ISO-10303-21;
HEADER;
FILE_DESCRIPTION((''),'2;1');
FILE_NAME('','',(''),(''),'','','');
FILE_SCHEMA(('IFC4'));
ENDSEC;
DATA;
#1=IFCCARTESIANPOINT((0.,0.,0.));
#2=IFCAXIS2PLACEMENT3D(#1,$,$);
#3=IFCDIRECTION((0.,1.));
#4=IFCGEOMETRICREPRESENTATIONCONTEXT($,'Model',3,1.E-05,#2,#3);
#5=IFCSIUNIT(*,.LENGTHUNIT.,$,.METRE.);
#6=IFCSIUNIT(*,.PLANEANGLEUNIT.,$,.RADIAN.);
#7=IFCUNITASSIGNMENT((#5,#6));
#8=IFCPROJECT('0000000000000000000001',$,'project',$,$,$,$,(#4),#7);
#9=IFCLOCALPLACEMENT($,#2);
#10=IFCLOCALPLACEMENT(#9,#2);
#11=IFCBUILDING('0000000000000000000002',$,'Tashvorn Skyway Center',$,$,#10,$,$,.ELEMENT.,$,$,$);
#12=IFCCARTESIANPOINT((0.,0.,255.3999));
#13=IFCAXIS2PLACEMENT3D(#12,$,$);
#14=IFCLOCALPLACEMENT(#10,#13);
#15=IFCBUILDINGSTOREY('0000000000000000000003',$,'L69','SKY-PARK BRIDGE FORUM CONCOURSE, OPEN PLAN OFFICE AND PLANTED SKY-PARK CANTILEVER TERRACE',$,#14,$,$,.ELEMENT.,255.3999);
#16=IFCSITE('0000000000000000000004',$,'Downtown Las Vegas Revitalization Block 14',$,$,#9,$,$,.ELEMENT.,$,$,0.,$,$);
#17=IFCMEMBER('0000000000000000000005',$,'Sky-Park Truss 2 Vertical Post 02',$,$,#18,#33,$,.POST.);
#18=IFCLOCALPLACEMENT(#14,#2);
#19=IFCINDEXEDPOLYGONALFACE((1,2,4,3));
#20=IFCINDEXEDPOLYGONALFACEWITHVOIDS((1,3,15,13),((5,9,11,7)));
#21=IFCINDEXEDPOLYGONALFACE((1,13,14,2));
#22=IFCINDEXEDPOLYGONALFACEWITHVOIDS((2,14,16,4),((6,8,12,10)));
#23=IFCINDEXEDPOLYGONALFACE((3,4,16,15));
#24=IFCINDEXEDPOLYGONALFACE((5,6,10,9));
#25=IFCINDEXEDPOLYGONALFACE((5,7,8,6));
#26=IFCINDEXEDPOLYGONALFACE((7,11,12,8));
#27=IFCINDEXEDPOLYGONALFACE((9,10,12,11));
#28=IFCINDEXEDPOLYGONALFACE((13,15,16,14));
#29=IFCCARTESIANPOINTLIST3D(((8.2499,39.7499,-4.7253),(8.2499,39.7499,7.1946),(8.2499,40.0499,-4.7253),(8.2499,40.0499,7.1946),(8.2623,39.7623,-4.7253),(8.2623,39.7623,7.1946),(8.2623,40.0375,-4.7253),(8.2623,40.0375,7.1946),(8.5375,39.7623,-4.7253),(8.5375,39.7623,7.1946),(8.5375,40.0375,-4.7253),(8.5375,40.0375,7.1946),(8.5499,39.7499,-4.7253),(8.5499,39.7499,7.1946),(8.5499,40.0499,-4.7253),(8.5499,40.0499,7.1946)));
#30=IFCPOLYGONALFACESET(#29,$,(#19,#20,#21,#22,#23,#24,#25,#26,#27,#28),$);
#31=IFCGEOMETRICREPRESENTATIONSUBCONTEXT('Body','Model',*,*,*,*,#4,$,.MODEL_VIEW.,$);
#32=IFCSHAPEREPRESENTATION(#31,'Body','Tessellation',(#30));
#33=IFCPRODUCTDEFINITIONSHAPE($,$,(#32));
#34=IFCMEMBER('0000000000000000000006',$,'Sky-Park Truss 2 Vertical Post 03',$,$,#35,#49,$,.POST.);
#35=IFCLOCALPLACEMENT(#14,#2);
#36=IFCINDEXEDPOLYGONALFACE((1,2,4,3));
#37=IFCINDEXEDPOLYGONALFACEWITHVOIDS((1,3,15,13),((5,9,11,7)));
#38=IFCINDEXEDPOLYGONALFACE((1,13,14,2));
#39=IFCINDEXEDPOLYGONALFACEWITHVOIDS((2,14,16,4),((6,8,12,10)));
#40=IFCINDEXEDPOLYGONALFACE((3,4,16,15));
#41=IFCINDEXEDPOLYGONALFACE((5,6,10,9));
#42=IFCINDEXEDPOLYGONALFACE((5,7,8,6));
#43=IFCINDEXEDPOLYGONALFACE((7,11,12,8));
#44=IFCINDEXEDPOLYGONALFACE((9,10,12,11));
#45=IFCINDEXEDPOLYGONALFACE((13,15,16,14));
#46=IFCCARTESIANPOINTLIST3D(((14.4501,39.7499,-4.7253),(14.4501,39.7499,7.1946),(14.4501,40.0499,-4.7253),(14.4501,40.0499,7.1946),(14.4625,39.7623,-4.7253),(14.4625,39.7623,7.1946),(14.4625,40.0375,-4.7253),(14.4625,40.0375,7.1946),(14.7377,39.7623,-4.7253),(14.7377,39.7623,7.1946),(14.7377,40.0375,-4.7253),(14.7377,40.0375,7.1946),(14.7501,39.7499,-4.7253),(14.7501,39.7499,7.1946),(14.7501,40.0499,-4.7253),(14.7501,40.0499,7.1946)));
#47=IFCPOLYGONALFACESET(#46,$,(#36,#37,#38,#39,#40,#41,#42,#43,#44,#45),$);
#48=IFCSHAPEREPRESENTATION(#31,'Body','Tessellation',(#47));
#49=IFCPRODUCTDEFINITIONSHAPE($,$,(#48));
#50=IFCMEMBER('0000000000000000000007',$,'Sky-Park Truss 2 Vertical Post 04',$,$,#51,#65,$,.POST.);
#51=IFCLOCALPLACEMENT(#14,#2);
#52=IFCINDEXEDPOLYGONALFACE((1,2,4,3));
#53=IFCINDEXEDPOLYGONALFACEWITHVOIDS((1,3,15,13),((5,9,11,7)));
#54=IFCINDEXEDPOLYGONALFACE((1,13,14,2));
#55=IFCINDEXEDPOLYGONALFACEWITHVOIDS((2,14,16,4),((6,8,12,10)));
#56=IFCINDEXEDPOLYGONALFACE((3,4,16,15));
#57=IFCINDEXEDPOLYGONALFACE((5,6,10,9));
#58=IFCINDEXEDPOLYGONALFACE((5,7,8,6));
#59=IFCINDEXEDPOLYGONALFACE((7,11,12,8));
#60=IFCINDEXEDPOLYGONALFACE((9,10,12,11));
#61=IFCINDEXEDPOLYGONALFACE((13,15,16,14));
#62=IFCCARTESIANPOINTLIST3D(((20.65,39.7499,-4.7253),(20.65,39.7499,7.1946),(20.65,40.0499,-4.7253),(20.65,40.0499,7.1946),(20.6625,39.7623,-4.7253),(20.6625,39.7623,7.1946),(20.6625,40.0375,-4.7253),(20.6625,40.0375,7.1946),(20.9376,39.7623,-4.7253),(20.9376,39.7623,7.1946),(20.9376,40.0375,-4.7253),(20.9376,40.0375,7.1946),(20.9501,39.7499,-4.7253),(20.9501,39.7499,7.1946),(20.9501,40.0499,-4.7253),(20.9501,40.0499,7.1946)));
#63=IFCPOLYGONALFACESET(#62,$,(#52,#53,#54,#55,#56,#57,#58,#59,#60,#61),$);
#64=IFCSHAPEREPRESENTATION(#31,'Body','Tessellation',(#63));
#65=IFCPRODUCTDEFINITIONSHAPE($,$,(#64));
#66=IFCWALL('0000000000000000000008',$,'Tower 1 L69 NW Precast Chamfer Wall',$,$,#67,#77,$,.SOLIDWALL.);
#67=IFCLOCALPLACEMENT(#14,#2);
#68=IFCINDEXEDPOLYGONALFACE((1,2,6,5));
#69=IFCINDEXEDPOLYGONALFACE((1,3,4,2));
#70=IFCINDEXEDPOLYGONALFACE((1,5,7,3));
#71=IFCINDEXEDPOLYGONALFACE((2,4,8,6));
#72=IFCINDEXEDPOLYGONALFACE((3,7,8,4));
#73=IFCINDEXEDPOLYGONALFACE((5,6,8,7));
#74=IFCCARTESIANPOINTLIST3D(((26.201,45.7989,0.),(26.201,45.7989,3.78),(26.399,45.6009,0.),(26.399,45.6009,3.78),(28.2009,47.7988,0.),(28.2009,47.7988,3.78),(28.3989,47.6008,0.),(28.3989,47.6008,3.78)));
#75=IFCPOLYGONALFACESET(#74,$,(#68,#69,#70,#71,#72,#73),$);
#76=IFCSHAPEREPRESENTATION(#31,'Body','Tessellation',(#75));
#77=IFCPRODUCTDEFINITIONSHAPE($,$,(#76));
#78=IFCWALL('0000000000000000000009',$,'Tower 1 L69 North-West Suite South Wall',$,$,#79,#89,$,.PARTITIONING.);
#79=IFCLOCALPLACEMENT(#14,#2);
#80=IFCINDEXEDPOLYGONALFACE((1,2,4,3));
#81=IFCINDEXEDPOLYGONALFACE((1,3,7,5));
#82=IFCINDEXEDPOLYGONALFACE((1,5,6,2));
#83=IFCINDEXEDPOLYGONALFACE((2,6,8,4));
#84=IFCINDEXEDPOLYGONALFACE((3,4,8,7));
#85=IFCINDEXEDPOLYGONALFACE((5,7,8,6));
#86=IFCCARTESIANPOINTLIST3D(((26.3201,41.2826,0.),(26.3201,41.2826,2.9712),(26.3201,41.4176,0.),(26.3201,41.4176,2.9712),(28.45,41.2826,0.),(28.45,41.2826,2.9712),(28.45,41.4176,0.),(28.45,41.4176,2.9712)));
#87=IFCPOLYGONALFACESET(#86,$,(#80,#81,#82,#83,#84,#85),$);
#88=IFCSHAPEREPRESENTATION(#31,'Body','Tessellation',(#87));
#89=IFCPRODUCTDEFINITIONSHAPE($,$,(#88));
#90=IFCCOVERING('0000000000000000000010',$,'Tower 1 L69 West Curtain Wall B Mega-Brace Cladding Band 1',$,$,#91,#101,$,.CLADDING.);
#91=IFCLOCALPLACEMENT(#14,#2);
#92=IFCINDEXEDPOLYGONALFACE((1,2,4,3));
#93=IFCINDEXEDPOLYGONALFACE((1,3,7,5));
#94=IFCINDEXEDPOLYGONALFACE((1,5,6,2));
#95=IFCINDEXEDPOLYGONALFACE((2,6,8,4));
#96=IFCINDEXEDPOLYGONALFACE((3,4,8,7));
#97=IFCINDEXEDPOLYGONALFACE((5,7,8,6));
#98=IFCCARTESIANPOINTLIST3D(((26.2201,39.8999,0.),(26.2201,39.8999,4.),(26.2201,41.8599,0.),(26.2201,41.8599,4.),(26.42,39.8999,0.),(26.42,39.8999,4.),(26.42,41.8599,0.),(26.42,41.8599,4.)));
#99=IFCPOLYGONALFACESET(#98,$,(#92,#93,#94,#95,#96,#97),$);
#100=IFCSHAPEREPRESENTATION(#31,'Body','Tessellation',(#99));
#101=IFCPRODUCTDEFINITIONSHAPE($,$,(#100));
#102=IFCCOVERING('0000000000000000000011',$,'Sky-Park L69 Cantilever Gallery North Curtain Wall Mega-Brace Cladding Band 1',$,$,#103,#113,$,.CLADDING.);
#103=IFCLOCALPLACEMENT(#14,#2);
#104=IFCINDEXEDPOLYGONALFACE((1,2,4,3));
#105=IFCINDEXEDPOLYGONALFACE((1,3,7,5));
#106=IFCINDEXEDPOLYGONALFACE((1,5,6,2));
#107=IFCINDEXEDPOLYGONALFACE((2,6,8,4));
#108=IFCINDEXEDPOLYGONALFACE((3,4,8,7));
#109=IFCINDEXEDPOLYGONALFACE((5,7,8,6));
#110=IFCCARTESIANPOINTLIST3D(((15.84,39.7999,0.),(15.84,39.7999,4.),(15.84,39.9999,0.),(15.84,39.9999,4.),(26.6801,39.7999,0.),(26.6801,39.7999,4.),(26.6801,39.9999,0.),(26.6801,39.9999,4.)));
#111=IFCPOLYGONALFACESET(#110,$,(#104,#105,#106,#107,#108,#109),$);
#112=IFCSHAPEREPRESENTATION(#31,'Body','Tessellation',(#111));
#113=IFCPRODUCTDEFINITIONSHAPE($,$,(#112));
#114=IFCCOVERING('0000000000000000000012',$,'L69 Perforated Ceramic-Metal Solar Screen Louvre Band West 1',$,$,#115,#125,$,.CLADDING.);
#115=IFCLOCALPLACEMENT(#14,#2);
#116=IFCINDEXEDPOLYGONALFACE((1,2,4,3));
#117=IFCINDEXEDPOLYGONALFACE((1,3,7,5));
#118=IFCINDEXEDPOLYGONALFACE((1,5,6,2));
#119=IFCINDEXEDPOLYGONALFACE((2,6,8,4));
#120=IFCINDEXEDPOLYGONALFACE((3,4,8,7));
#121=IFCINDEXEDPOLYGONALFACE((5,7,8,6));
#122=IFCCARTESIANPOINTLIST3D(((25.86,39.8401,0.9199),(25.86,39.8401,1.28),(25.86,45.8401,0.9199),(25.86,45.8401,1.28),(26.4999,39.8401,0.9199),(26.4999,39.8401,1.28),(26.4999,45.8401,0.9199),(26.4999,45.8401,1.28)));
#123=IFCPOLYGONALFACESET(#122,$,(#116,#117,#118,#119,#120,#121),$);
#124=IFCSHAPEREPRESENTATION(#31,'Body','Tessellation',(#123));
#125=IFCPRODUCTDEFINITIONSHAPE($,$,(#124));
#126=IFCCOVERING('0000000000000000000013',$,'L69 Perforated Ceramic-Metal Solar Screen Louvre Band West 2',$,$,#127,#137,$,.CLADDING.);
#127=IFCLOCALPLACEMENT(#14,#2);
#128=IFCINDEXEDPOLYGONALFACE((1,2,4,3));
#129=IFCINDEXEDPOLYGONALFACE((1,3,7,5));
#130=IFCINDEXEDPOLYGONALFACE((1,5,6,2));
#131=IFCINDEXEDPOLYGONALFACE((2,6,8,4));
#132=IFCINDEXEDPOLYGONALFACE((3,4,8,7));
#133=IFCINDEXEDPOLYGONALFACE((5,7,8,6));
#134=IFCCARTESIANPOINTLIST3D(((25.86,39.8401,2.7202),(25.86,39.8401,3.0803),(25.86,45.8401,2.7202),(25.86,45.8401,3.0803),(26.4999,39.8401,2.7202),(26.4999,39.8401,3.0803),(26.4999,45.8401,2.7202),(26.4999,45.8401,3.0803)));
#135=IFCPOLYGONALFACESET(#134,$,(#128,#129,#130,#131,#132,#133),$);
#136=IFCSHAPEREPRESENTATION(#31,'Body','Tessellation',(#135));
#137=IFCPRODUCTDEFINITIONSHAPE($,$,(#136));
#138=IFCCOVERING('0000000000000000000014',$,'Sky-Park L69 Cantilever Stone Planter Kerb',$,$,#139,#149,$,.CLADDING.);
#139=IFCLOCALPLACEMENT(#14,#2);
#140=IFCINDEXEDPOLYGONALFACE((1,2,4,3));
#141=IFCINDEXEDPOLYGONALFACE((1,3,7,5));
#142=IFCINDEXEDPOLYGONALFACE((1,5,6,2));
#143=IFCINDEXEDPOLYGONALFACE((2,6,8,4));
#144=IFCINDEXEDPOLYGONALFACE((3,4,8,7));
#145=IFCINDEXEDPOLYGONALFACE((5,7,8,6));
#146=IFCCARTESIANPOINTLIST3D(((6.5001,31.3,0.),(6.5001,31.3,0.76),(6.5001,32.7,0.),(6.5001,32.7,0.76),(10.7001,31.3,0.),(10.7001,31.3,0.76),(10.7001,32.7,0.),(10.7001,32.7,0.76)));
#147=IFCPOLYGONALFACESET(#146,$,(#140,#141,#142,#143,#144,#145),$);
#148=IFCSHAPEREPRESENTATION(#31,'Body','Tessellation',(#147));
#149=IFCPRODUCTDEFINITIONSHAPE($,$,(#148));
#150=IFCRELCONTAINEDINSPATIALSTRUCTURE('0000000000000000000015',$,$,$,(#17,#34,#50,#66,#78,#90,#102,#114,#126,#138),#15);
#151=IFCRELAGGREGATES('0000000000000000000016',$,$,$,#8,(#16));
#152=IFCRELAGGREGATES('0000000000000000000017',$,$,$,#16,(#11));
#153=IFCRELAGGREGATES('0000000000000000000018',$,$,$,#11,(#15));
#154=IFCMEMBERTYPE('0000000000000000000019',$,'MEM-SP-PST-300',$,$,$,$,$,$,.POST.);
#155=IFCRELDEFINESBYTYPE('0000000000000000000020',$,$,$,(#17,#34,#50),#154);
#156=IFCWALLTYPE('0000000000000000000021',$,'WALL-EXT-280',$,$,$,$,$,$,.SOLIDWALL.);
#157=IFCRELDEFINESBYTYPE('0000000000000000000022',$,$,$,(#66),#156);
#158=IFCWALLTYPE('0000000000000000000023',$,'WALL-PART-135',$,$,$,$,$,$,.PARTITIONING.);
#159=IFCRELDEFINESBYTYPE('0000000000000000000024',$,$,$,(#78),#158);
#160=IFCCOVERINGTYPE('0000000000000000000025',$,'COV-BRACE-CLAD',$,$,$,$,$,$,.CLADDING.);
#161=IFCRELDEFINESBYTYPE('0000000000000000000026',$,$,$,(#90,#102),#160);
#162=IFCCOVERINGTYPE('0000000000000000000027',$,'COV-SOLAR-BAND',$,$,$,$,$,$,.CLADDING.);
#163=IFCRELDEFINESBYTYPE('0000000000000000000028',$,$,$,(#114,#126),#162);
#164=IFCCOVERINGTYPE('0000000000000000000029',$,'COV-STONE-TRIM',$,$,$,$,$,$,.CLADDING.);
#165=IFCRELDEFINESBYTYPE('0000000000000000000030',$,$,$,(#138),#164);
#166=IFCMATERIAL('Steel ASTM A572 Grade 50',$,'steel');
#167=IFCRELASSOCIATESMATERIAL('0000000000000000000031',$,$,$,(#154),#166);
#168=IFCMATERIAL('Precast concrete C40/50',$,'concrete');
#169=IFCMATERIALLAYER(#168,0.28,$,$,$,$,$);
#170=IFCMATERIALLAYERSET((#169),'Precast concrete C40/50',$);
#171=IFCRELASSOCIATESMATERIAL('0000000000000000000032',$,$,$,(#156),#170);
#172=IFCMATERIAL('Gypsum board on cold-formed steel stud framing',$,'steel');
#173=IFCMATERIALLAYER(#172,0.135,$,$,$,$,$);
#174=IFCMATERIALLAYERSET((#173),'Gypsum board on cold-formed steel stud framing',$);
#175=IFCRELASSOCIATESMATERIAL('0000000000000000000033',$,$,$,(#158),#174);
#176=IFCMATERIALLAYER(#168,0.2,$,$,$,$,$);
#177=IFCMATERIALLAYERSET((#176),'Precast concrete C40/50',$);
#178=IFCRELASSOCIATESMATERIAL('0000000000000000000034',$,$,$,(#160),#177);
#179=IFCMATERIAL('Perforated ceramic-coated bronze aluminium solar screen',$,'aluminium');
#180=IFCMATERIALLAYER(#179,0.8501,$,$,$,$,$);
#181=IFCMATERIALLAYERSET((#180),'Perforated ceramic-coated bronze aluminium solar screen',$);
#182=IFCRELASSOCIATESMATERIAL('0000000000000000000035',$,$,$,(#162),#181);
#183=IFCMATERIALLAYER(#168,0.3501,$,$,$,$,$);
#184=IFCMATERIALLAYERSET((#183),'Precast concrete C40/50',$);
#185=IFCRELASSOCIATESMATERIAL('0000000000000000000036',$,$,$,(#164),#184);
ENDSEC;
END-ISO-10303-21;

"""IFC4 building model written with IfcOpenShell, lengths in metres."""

from ifc_helpers import new_model, si_unit, direction, frame, frame_2d, origin, origin_2d, place, context, subcontext, project, spatial, rectangle, hollow_rectangle, extrude, material, layer, layer_set, material_profile, profile_set, type_object, element, save


model = new_model("IFC4")

# Units and contexts
model_context = context("Model", 3, precision=1e-05, world=origin(), true_north=direction((0.0, 1.0)))
body_context = subcontext(model_context, "Body", "Model", "MODEL_VIEW")
ifc_project = project(units=[si_unit("LENGTHUNIT", "METRE"), si_unit("PLANEANGLEUNIT", "RADIAN")], contexts=[model_context])

# Site, building, storey
site_placement = place(None, origin())
site = spatial("IfcSite", under=ifc_project, at=site_placement, Name="Downtown Las Vegas Revitalization Block 14", CompositionType="ELEMENT", RefElevation=0.0)
building_placement = place(site_placement, origin())
building = spatial("IfcBuilding", under=site, at=building_placement, Name="Tashvorn Skyway Center", CompositionType="ELEMENT")
storey_placement = place(building_placement, frame((0.0, 0.0, 255.3999)))
storey = spatial("IfcBuildingStorey", under=building, at=storey_placement, Name="L69", Description="SKY-PARK BRIDGE FORUM CONCOURSE, OPEN PLAN OFFICE AND PLANTED SKY-PARK CANTILEVER TERRACE", CompositionType="ELEMENT", Elevation=255.3999)

# Members
ifc_material_1 = material(Name="Steel ASTM A572 Grade 50", Category="steel")
ifc_material_profile_1 = material_profile(ifc_material_1, hollow_rectangle(XDim=0.3, YDim=0.3, WallThickness=0.0125, at=origin_2d()), Name="HSS300x300x12.5")
ifc_profile_set_1 = profile_set([ifc_material_profile_1], Name="Steel ASTM A572 Grade 50")
member_type_1 = type_object("IfcMemberType", Name="MEM-SP-PST-300", PredefinedType="POST", material=ifc_profile_set_1)
for number, where, z_axis, x_axis, name in (
    (1, (8.3999, 39.8999, -4.7253), (0.0, 0.0, 1.0), (1.0, 0.0, 0.0), "Sky-Park Truss 2 Vertical Post 02"),
    (2, (14.6001, 39.8999, -4.7253), (0.0, 0.0, 1.0), (1.0, 0.0, 0.0), "Sky-Park Truss 2 Vertical Post 03"),
    (3, (20.8, 39.8999, -4.7253), (0.0, 0.0, 1.0), (1.0, 0.0, 0.0), "Sky-Park Truss 2 Vertical Post 04"),
):
    element("IfcMember", number, at=place(storey_placement, frame(where, z_axis=z_axis, x_axis=x_axis)), inside=storey, type_object=member_type_1, Name=name, PredefinedType="POST", context=body_context, shape_type="SweptSolid", body=[
        extrude(hollow_rectangle(XDim=0.3, YDim=0.3, WallThickness=0.0125, at=origin_2d()), origin(), (0.0, 0.0, 1.0), 11.9199),
    ])

# Walls
ifc_material_2 = material(Name="Precast concrete C40/50", Category="concrete")
ifc_layer_1 = layer(ifc_material_2, 0.28)
ifc_layer_set_1 = layer_set([ifc_layer_1], Name="Precast concrete C40/50")
wall_type_1 = type_object("IfcWallType", Name="WALL-EXT-280", PredefinedType="SOLIDWALL", material=ifc_layer_set_1)
wall_1_placement = place(storey_placement, frame((26.3, 45.7, 0.0), z_axis=(0.0, 0.0, 1.0), x_axis=(0.707107, 0.707107, 0.0)))
element("IfcWall", 4, at=wall_1_placement, inside=storey, type_object=wall_type_1, Name="Tower 1 L69 NW Precast Chamfer Wall", PredefinedType="SOLIDWALL", context=body_context, shape_type="SweptSolid", body=[
    extrude(rectangle(XDim=2.8284, YDim=0.28, at=frame_2d((1.4141, 0.0))), origin(), (0.0, 0.0, 1.0), 3.78),
])
ifc_material_3 = material(Name="Gypsum board on cold-formed steel stud framing", Category="steel")
ifc_layer_2 = layer(ifc_material_3, 0.135)
ifc_layer_set_2 = layer_set([ifc_layer_2], Name="Gypsum board on cold-formed steel stud framing")
wall_type_2 = type_object("IfcWallType", Name="WALL-PART-135", PredefinedType="PARTITIONING", material=ifc_layer_set_2)
wall_2_placement = place(storey_placement, frame((26.3201, 41.3501, 0.0), z_axis=(0.0, 0.0, 1.0), x_axis=(1.0, 0.0, 0.0)))
element("IfcWall", 5, at=wall_2_placement, inside=storey, type_object=wall_type_2, Name="Tower 1 L69 North-West Suite South Wall", PredefinedType="PARTITIONING", context=body_context, shape_type="SweptSolid", body=[
    extrude(rectangle(XDim=2.1299, YDim=0.135, at=frame_2d((1.0649, 0.0))), origin(), (0.0, 0.0, 1.0), 2.9712),
])

# Coverings
ifc_layer_3 = layer(ifc_material_2, 0.2)
ifc_layer_set_3 = layer_set([ifc_layer_3], Name="Precast concrete C40/50")
covering_type_1 = type_object("IfcCoveringType", Name="COV-BRACE-CLAD", PredefinedType="CLADDING", material=ifc_layer_set_3)
covering_1_placement = place(storey_placement, frame((26.3201, 40.8799, 0.0), z_axis=(0.0, 0.0, 1.0), x_axis=(0.0, 1.0, 0.0)))
element("IfcCovering", 6, at=covering_1_placement, inside=storey, type_object=covering_type_1, Name="Tower 1 L69 West Curtain Wall B Mega-Brace Cladding Band 1", PredefinedType="CLADDING", context=body_context, shape_type="SweptSolid", body=[
    extrude(rectangle(XDim=1.96, YDim=0.2, at=origin_2d()), origin(), (0.0, 0.0, 1.0), 4.0),
])
covering_2_placement = place(storey_placement, frame((21.26, 39.8999, 0.0), z_axis=(0.0, 0.0, 1.0), x_axis=(1.0, 0.0, 0.0)))
element("IfcCovering", 7, at=covering_2_placement, inside=storey, type_object=covering_type_1, Name="Sky-Park L69 Cantilever Gallery North Curtain Wall Mega-Brace Cladding Band 1", PredefinedType="CLADDING", context=body_context, shape_type="SweptSolid", body=[
    extrude(rectangle(XDim=10.8401, YDim=0.2, at=origin_2d()), origin(), (0.0, 0.0, 1.0), 4.0),
])
ifc_material_4 = material(Name="Perforated ceramic-coated bronze aluminium solar screen", Category="aluminium")
ifc_layer_4 = layer(ifc_material_4, 0.8501)
ifc_layer_set_4 = layer_set([ifc_layer_4], Name="Perforated ceramic-coated bronze aluminium solar screen")
covering_type_2 = type_object("IfcCoveringType", Name="COV-SOLAR-BAND", PredefinedType="CLADDING", material=ifc_layer_set_4)
for number, where, z_axis, x_axis, name in (
    (8, (26.1799, 42.8401, 0.9199), (0.0, 0.0, 1.0), (0.0, 1.0, 0.0), "L69 Perforated Ceramic-Metal Solar Screen Louvre Band West 1"),
    (9, (26.1799, 42.8401, 2.7202), (0.0, 0.0, 1.0), (0.0, 1.0, 0.0), "L69 Perforated Ceramic-Metal Solar Screen Louvre Band West 2"),
):
    element("IfcCovering", number, at=place(storey_placement, frame(where, z_axis=z_axis, x_axis=x_axis)), inside=storey, type_object=covering_type_2, Name=name, PredefinedType="CLADDING", context=body_context, shape_type="SweptSolid", body=[
        extrude(rectangle(XDim=6.0, YDim=0.6399, at=origin_2d()), origin(), (0.0, 0.0, 1.0), 0.3601),
    ])
ifc_layer_5 = layer(ifc_material_2, 0.3501)
ifc_layer_set_5 = layer_set([ifc_layer_5], Name="Precast concrete C40/50")
covering_type_3 = type_object("IfcCoveringType", Name="COV-STONE-TRIM", PredefinedType="CLADDING", material=ifc_layer_set_5)
covering_3_placement = place(storey_placement, frame((8.6001, 32.0, 0.0), z_axis=(0.0, 0.0, 1.0), x_axis=(1.0, 0.0, 0.0)))
element("IfcCovering", 10, at=covering_3_placement, inside=storey, type_object=covering_type_3, Name="Sky-Park L69 Cantilever Stone Planter Kerb", PredefinedType="CLADDING", context=body_context, shape_type="SweptSolid", body=[
    extrude(rectangle(XDim=4.2, YDim=1.3999, at=origin_2d()), origin(), (0.0, 0.0, 1.0), 0.76),
])

save(model, "model.ifc")
